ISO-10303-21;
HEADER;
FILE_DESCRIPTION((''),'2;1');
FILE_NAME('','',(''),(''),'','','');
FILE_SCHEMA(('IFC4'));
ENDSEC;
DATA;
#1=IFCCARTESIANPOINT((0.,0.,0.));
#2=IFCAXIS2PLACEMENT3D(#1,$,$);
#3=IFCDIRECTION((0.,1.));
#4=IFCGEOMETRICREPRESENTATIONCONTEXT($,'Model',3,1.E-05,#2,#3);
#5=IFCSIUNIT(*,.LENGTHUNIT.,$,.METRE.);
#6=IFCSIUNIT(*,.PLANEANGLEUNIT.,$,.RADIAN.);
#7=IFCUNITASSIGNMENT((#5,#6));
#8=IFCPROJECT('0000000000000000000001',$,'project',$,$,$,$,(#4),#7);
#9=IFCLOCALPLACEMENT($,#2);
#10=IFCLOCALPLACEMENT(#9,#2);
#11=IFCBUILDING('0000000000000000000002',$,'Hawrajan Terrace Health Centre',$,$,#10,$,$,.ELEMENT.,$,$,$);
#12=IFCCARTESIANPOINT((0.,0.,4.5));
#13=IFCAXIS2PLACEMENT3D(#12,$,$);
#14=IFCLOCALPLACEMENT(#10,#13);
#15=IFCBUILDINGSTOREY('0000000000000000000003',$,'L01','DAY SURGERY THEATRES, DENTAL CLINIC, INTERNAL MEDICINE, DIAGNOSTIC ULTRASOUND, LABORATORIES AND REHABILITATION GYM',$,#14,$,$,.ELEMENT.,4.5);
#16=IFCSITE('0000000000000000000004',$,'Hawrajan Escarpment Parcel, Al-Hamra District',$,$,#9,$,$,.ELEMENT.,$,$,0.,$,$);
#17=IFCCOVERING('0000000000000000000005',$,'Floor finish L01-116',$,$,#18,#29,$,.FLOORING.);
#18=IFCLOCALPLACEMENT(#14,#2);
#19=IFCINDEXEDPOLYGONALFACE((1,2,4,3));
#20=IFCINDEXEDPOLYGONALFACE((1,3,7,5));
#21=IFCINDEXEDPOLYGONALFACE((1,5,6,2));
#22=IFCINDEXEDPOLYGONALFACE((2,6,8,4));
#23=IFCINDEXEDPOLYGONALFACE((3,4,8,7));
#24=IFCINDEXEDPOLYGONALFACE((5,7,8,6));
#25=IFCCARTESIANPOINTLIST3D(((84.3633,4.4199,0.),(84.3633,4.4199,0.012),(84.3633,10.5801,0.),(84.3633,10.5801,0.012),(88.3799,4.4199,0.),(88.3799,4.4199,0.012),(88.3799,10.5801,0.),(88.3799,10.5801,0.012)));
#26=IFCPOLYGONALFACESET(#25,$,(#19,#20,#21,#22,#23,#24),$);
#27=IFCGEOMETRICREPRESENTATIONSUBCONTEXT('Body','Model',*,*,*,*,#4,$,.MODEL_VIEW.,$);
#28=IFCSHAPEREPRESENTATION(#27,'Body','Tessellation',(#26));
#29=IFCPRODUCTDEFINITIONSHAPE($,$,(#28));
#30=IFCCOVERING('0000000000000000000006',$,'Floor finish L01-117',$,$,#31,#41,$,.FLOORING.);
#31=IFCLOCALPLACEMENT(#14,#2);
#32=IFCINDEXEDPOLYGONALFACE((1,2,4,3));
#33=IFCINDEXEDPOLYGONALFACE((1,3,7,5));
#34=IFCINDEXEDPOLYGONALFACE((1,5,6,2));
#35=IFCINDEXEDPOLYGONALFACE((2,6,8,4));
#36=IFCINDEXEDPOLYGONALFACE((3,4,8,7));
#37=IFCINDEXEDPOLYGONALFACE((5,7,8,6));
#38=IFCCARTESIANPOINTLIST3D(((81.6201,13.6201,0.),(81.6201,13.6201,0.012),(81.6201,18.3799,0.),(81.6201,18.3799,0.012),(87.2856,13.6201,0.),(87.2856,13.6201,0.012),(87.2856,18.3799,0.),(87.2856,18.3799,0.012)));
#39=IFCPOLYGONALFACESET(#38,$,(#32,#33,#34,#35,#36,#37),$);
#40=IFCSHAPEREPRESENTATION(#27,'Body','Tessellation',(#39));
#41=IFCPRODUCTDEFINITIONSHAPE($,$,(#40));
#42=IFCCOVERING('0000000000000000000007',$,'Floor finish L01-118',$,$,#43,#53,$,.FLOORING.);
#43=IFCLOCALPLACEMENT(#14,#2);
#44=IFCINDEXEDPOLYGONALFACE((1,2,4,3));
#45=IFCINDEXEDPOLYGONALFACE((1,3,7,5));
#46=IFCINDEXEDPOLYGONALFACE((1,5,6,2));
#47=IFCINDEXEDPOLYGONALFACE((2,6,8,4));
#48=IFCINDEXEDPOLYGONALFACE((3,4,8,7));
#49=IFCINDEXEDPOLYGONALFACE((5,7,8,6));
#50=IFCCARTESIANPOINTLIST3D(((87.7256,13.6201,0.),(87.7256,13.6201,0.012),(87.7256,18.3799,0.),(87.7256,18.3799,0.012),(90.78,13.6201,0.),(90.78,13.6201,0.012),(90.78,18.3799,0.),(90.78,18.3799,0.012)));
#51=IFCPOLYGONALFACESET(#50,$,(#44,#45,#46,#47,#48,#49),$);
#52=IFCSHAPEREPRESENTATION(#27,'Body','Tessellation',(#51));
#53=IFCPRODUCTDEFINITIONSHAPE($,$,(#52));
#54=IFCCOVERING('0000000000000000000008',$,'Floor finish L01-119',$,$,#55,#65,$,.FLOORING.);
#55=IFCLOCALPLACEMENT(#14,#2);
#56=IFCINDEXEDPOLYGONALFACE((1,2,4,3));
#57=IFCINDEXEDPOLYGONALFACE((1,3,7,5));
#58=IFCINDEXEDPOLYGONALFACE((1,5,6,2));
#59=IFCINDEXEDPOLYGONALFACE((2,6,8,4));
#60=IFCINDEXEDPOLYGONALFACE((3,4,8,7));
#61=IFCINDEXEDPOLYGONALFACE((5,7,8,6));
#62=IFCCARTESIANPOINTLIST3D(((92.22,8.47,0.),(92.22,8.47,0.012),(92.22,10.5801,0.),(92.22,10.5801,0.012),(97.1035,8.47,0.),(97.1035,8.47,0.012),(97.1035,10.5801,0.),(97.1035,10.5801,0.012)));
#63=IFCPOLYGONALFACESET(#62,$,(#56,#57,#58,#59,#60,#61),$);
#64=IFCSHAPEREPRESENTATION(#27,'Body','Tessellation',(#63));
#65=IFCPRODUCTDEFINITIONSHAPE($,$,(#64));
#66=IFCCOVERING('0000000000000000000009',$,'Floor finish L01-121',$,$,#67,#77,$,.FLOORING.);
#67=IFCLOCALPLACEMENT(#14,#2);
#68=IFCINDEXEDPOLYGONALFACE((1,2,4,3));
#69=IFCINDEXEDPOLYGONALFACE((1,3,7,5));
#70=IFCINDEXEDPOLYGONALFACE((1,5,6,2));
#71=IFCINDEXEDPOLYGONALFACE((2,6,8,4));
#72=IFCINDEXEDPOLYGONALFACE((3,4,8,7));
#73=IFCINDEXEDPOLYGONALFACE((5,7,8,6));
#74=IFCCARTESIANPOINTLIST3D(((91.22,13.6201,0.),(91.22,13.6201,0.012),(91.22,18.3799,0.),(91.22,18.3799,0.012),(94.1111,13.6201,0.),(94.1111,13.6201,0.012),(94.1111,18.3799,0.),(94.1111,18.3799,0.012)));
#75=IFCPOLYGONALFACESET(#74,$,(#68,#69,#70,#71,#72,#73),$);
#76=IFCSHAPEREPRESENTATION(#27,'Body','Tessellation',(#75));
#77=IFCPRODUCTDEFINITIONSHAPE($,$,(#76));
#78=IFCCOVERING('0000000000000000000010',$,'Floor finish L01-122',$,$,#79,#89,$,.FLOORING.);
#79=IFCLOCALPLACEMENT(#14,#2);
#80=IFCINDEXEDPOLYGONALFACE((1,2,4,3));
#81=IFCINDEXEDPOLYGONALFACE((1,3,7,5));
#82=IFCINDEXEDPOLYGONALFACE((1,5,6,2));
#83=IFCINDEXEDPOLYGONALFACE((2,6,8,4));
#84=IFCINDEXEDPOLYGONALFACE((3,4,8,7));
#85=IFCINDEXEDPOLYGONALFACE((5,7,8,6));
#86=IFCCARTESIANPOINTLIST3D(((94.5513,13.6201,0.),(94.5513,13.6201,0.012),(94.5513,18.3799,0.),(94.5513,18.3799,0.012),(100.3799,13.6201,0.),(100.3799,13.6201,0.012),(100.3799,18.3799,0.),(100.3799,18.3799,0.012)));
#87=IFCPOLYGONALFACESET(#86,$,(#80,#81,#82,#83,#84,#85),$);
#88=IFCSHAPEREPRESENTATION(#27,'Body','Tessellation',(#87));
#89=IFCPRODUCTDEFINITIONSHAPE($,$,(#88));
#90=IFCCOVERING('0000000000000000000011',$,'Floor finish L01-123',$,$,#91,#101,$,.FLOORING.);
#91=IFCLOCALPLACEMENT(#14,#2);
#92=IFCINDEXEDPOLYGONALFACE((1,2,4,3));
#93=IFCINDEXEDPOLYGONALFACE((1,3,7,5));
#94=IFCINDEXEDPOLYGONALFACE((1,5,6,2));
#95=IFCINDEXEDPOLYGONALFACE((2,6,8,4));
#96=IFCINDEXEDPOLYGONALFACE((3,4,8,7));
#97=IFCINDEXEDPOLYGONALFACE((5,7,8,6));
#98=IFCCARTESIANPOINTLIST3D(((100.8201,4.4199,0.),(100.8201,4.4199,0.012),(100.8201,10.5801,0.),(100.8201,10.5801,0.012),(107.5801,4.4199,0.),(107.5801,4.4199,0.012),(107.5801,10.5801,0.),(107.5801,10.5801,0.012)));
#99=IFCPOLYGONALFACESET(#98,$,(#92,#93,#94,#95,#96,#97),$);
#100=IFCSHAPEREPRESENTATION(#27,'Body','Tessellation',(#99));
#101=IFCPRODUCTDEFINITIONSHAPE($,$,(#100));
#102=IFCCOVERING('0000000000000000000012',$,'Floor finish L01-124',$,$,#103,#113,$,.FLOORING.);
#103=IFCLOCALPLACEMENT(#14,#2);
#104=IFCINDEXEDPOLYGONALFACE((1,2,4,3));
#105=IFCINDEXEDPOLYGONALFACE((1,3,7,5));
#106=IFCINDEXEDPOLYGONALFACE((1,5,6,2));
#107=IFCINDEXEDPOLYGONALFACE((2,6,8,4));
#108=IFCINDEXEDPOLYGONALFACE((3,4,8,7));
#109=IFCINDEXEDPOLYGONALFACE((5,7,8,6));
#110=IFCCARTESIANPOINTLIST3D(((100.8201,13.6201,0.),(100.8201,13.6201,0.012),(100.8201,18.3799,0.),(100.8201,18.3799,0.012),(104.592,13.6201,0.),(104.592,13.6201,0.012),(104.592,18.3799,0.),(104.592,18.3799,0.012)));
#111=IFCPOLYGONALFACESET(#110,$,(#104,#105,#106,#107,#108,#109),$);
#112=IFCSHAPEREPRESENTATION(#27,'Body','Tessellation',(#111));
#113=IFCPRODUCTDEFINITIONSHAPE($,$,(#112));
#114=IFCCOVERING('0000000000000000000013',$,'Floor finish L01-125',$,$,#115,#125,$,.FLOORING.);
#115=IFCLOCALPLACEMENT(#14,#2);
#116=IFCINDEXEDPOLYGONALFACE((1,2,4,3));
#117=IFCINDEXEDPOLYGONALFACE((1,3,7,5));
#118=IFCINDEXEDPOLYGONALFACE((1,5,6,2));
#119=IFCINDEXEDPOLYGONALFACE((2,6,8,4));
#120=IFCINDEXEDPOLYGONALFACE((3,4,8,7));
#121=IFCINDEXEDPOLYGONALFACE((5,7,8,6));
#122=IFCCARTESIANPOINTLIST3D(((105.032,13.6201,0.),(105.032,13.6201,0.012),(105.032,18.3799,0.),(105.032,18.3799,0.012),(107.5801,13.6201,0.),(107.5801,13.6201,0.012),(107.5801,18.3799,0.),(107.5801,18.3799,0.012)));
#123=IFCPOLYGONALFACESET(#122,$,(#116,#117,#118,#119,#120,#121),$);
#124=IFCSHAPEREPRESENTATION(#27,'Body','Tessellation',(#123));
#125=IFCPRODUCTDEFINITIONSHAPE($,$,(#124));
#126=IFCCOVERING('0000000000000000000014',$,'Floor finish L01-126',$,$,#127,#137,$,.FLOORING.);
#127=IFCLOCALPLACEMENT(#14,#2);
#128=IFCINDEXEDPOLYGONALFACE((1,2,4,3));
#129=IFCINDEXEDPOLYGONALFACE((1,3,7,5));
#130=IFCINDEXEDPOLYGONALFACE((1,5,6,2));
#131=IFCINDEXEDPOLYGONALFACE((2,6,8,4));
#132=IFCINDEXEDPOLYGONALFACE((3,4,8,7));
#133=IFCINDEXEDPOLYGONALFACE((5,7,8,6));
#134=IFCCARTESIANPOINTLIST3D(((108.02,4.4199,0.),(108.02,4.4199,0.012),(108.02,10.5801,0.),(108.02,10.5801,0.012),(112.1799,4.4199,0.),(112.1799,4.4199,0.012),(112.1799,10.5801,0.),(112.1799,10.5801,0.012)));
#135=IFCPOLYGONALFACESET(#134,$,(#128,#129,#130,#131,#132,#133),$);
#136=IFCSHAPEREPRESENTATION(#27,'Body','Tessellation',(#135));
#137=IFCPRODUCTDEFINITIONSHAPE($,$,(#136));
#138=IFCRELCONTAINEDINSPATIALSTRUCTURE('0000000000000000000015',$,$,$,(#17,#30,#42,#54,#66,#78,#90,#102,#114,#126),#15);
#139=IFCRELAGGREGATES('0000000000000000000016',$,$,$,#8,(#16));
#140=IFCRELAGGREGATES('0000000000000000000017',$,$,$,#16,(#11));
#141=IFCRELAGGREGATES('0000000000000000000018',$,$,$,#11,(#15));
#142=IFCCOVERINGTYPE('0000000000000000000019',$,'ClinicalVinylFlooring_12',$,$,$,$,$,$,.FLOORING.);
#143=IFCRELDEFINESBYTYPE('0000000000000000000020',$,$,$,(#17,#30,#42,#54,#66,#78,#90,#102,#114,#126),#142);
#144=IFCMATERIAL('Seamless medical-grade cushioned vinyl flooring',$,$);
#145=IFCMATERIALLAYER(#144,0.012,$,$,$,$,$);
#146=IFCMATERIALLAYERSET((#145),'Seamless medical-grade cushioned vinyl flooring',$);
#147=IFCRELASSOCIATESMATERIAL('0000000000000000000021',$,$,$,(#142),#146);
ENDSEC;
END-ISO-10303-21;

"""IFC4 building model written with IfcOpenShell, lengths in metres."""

from ifc_helpers import new_model, si_unit, direction, frame, origin, place, context, subcontext, project, spatial, polyline, outline, extrude, material, layer, layer_set, type_object, element, save


model = new_model("IFC4")

# Units and contexts
model_context = context("Model", 3, precision=1e-05, world=origin(), true_north=direction((0.0, 1.0)))
body_context = subcontext(model_context, "Body", "Model", "MODEL_VIEW")
ifc_project = project(units=[si_unit("LENGTHUNIT", "METRE"), si_unit("PLANEANGLEUNIT", "RADIAN")], contexts=[model_context])

# Site, building, storey
site_placement = place(None, origin())
site = spatial("IfcSite", under=ifc_project, at=site_placement, Name="Hawrajan Escarpment Parcel, Al-Hamra District", CompositionType="ELEMENT", RefElevation=0.0)
building_placement = place(site_placement, origin())
building = spatial("IfcBuilding", under=site, at=building_placement, Name="Hawrajan Terrace Health Centre", CompositionType="ELEMENT")
storey_placement = place(building_placement, frame((0.0, 0.0, 4.5)))
storey = spatial("IfcBuildingStorey", under=building, at=storey_placement, Name="L01", Description="DAY SURGERY THEATRES, DENTAL CLINIC, INTERNAL MEDICINE, DIAGNOSTIC ULTRASOUND, LABORATORIES AND REHABILITATION GYM", CompositionType="ELEMENT", Elevation=4.5)

# Coverings
ifc_material_1 = material(Name="Seamless medical-grade cushioned vinyl flooring")
ifc_layer_1 = layer(ifc_material_1, 0.012)
ifc_layer_set_1 = layer_set([ifc_layer_1], Name="Seamless medical-grade cushioned vinyl flooring")
covering_type = type_object("IfcCoveringType", Name="ClinicalVinylFlooring_12", PredefinedType="FLOORING", material=ifc_layer_set_1)
covering_1_placement = place(storey_placement, origin())
element("IfcCovering", 1, at=covering_1_placement, inside=storey, type_object=covering_type, Name="Floor finish L01-116", PredefinedType="FLOORING", context=body_context, shape_type="SweptSolid", body=[
    extrude(outline(polyline([(84.3633, 10.5801), (88.3799, 10.5801), (88.3799, 4.4199), (84.3633, 4.4199), (84.3633, 10.5801)])), origin(), (0.0, 0.0, 1.0), 0.012),
])
covering_2_placement = place(storey_placement, origin())
element("IfcCovering", 2, at=covering_2_placement, inside=storey, type_object=covering_type, Name="Floor finish L01-117", PredefinedType="FLOORING", context=body_context, shape_type="SweptSolid", body=[
    extrude(outline(polyline([(81.6201, 18.3799), (87.2856, 18.3799), (87.2856, 13.6201), (81.6201, 13.6201), (81.6201, 18.3799)])), origin(), (0.0, 0.0, 1.0), 0.012),
])
covering_3_placement = place(storey_placement, origin())
element("IfcCovering", 3, at=covering_3_placement, inside=storey, type_object=covering_type, Name="Floor finish L01-118", PredefinedType="FLOORING", context=body_context, shape_type="SweptSolid", body=[
    extrude(outline(polyline([(87.7256, 18.3799), (90.78, 18.3799), (90.78, 13.6201), (87.7256, 13.6201), (87.7256, 18.3799)])), origin(), (0.0, 0.0, 1.0), 0.012),
])
covering_4_placement = place(storey_placement, origin())
element("IfcCovering", 4, at=covering_4_placement, inside=storey, type_object=covering_type, Name="Floor finish L01-119", PredefinedType="FLOORING", context=body_context, shape_type="SweptSolid", body=[
    extrude(outline(polyline([(92.22, 10.5801), (97.1035, 10.5801), (97.1035, 8.47), (92.22, 8.47), (92.22, 10.5801)])), origin(), (0.0, 0.0, 1.0), 0.012),
])
covering_5_placement = place(storey_placement, origin())
element("IfcCovering", 5, at=covering_5_placement, inside=storey, type_object=covering_type, Name="Floor finish L01-121", PredefinedType="FLOORING", context=body_context, shape_type="SweptSolid", body=[
    extrude(outline(polyline([(91.22, 18.3799), (94.1111, 18.3799), (94.1111, 13.6201), (91.22, 13.6201), (91.22, 18.3799)])), origin(), (0.0, 0.0, 1.0), 0.012),
])
covering_6_placement = place(storey_placement, origin())
element("IfcCovering", 6, at=covering_6_placement, inside=storey, type_object=covering_type, Name="Floor finish L01-122", PredefinedType="FLOORING", context=body_context, shape_type="SweptSolid", body=[
    extrude(outline(polyline([(94.5513, 18.3799), (100.3799, 18.3799), (100.3799, 13.6201), (94.5513, 13.6201), (94.5513, 18.3799)])), origin(), (0.0, 0.0, 1.0), 0.012),
])
covering_7_placement = place(storey_placement, origin())
element("IfcCovering", 7, at=covering_7_placement, inside=storey, type_object=covering_type, Name="Floor finish L01-123", PredefinedType="FLOORING", context=body_context, shape_type="SweptSolid", body=[
    extrude(outline(polyline([(100.8201, 10.5801), (107.5801, 10.5801), (107.5801, 4.4199), (100.8201, 4.4199), (100.8201, 10.5801)])), origin(), (0.0, 0.0, 1.0), 0.012),
])
covering_8_placement = place(storey_placement, origin())
element("IfcCovering", 8, at=covering_8_placement, inside=storey, type_object=covering_type, Name="Floor finish L01-124", PredefinedType="FLOORING", context=body_context, shape_type="SweptSolid", body=[
    extrude(outline(polyline([(100.8201, 18.3799), (104.592, 18.3799), (104.592, 13.6201), (100.8201, 13.6201), (100.8201, 18.3799)])), origin(), (0.0, 0.0, 1.0), 0.012),
])
covering_9_placement = place(storey_placement, origin())
element("IfcCovering", 9, at=covering_9_placement, inside=storey, type_object=covering_type, Name="Floor finish L01-125", PredefinedType="FLOORING", context=body_context, shape_type="SweptSolid", body=[
    extrude(outline(polyline([(105.032, 18.3799), (107.5801, 18.3799), (107.5801, 13.6201), (105.032, 13.6201), (105.032, 18.3799)])), origin(), (0.0, 0.0, 1.0), 0.012),
])
covering_10_placement = place(storey_placement, origin())
element("IfcCovering", 10, at=covering_10_placement, inside=storey, type_object=covering_type, Name="Floor finish L01-126", PredefinedType="FLOORING", context=body_context, shape_type="SweptSolid", body=[
    extrude(outline(polyline([(108.02, 10.5801), (112.1799, 10.5801), (112.1799, 4.4199), (108.02, 4.4199), (108.02, 10.5801)])), origin(), (0.0, 0.0, 1.0), 0.012),
])

save(model, "model.ifc")
